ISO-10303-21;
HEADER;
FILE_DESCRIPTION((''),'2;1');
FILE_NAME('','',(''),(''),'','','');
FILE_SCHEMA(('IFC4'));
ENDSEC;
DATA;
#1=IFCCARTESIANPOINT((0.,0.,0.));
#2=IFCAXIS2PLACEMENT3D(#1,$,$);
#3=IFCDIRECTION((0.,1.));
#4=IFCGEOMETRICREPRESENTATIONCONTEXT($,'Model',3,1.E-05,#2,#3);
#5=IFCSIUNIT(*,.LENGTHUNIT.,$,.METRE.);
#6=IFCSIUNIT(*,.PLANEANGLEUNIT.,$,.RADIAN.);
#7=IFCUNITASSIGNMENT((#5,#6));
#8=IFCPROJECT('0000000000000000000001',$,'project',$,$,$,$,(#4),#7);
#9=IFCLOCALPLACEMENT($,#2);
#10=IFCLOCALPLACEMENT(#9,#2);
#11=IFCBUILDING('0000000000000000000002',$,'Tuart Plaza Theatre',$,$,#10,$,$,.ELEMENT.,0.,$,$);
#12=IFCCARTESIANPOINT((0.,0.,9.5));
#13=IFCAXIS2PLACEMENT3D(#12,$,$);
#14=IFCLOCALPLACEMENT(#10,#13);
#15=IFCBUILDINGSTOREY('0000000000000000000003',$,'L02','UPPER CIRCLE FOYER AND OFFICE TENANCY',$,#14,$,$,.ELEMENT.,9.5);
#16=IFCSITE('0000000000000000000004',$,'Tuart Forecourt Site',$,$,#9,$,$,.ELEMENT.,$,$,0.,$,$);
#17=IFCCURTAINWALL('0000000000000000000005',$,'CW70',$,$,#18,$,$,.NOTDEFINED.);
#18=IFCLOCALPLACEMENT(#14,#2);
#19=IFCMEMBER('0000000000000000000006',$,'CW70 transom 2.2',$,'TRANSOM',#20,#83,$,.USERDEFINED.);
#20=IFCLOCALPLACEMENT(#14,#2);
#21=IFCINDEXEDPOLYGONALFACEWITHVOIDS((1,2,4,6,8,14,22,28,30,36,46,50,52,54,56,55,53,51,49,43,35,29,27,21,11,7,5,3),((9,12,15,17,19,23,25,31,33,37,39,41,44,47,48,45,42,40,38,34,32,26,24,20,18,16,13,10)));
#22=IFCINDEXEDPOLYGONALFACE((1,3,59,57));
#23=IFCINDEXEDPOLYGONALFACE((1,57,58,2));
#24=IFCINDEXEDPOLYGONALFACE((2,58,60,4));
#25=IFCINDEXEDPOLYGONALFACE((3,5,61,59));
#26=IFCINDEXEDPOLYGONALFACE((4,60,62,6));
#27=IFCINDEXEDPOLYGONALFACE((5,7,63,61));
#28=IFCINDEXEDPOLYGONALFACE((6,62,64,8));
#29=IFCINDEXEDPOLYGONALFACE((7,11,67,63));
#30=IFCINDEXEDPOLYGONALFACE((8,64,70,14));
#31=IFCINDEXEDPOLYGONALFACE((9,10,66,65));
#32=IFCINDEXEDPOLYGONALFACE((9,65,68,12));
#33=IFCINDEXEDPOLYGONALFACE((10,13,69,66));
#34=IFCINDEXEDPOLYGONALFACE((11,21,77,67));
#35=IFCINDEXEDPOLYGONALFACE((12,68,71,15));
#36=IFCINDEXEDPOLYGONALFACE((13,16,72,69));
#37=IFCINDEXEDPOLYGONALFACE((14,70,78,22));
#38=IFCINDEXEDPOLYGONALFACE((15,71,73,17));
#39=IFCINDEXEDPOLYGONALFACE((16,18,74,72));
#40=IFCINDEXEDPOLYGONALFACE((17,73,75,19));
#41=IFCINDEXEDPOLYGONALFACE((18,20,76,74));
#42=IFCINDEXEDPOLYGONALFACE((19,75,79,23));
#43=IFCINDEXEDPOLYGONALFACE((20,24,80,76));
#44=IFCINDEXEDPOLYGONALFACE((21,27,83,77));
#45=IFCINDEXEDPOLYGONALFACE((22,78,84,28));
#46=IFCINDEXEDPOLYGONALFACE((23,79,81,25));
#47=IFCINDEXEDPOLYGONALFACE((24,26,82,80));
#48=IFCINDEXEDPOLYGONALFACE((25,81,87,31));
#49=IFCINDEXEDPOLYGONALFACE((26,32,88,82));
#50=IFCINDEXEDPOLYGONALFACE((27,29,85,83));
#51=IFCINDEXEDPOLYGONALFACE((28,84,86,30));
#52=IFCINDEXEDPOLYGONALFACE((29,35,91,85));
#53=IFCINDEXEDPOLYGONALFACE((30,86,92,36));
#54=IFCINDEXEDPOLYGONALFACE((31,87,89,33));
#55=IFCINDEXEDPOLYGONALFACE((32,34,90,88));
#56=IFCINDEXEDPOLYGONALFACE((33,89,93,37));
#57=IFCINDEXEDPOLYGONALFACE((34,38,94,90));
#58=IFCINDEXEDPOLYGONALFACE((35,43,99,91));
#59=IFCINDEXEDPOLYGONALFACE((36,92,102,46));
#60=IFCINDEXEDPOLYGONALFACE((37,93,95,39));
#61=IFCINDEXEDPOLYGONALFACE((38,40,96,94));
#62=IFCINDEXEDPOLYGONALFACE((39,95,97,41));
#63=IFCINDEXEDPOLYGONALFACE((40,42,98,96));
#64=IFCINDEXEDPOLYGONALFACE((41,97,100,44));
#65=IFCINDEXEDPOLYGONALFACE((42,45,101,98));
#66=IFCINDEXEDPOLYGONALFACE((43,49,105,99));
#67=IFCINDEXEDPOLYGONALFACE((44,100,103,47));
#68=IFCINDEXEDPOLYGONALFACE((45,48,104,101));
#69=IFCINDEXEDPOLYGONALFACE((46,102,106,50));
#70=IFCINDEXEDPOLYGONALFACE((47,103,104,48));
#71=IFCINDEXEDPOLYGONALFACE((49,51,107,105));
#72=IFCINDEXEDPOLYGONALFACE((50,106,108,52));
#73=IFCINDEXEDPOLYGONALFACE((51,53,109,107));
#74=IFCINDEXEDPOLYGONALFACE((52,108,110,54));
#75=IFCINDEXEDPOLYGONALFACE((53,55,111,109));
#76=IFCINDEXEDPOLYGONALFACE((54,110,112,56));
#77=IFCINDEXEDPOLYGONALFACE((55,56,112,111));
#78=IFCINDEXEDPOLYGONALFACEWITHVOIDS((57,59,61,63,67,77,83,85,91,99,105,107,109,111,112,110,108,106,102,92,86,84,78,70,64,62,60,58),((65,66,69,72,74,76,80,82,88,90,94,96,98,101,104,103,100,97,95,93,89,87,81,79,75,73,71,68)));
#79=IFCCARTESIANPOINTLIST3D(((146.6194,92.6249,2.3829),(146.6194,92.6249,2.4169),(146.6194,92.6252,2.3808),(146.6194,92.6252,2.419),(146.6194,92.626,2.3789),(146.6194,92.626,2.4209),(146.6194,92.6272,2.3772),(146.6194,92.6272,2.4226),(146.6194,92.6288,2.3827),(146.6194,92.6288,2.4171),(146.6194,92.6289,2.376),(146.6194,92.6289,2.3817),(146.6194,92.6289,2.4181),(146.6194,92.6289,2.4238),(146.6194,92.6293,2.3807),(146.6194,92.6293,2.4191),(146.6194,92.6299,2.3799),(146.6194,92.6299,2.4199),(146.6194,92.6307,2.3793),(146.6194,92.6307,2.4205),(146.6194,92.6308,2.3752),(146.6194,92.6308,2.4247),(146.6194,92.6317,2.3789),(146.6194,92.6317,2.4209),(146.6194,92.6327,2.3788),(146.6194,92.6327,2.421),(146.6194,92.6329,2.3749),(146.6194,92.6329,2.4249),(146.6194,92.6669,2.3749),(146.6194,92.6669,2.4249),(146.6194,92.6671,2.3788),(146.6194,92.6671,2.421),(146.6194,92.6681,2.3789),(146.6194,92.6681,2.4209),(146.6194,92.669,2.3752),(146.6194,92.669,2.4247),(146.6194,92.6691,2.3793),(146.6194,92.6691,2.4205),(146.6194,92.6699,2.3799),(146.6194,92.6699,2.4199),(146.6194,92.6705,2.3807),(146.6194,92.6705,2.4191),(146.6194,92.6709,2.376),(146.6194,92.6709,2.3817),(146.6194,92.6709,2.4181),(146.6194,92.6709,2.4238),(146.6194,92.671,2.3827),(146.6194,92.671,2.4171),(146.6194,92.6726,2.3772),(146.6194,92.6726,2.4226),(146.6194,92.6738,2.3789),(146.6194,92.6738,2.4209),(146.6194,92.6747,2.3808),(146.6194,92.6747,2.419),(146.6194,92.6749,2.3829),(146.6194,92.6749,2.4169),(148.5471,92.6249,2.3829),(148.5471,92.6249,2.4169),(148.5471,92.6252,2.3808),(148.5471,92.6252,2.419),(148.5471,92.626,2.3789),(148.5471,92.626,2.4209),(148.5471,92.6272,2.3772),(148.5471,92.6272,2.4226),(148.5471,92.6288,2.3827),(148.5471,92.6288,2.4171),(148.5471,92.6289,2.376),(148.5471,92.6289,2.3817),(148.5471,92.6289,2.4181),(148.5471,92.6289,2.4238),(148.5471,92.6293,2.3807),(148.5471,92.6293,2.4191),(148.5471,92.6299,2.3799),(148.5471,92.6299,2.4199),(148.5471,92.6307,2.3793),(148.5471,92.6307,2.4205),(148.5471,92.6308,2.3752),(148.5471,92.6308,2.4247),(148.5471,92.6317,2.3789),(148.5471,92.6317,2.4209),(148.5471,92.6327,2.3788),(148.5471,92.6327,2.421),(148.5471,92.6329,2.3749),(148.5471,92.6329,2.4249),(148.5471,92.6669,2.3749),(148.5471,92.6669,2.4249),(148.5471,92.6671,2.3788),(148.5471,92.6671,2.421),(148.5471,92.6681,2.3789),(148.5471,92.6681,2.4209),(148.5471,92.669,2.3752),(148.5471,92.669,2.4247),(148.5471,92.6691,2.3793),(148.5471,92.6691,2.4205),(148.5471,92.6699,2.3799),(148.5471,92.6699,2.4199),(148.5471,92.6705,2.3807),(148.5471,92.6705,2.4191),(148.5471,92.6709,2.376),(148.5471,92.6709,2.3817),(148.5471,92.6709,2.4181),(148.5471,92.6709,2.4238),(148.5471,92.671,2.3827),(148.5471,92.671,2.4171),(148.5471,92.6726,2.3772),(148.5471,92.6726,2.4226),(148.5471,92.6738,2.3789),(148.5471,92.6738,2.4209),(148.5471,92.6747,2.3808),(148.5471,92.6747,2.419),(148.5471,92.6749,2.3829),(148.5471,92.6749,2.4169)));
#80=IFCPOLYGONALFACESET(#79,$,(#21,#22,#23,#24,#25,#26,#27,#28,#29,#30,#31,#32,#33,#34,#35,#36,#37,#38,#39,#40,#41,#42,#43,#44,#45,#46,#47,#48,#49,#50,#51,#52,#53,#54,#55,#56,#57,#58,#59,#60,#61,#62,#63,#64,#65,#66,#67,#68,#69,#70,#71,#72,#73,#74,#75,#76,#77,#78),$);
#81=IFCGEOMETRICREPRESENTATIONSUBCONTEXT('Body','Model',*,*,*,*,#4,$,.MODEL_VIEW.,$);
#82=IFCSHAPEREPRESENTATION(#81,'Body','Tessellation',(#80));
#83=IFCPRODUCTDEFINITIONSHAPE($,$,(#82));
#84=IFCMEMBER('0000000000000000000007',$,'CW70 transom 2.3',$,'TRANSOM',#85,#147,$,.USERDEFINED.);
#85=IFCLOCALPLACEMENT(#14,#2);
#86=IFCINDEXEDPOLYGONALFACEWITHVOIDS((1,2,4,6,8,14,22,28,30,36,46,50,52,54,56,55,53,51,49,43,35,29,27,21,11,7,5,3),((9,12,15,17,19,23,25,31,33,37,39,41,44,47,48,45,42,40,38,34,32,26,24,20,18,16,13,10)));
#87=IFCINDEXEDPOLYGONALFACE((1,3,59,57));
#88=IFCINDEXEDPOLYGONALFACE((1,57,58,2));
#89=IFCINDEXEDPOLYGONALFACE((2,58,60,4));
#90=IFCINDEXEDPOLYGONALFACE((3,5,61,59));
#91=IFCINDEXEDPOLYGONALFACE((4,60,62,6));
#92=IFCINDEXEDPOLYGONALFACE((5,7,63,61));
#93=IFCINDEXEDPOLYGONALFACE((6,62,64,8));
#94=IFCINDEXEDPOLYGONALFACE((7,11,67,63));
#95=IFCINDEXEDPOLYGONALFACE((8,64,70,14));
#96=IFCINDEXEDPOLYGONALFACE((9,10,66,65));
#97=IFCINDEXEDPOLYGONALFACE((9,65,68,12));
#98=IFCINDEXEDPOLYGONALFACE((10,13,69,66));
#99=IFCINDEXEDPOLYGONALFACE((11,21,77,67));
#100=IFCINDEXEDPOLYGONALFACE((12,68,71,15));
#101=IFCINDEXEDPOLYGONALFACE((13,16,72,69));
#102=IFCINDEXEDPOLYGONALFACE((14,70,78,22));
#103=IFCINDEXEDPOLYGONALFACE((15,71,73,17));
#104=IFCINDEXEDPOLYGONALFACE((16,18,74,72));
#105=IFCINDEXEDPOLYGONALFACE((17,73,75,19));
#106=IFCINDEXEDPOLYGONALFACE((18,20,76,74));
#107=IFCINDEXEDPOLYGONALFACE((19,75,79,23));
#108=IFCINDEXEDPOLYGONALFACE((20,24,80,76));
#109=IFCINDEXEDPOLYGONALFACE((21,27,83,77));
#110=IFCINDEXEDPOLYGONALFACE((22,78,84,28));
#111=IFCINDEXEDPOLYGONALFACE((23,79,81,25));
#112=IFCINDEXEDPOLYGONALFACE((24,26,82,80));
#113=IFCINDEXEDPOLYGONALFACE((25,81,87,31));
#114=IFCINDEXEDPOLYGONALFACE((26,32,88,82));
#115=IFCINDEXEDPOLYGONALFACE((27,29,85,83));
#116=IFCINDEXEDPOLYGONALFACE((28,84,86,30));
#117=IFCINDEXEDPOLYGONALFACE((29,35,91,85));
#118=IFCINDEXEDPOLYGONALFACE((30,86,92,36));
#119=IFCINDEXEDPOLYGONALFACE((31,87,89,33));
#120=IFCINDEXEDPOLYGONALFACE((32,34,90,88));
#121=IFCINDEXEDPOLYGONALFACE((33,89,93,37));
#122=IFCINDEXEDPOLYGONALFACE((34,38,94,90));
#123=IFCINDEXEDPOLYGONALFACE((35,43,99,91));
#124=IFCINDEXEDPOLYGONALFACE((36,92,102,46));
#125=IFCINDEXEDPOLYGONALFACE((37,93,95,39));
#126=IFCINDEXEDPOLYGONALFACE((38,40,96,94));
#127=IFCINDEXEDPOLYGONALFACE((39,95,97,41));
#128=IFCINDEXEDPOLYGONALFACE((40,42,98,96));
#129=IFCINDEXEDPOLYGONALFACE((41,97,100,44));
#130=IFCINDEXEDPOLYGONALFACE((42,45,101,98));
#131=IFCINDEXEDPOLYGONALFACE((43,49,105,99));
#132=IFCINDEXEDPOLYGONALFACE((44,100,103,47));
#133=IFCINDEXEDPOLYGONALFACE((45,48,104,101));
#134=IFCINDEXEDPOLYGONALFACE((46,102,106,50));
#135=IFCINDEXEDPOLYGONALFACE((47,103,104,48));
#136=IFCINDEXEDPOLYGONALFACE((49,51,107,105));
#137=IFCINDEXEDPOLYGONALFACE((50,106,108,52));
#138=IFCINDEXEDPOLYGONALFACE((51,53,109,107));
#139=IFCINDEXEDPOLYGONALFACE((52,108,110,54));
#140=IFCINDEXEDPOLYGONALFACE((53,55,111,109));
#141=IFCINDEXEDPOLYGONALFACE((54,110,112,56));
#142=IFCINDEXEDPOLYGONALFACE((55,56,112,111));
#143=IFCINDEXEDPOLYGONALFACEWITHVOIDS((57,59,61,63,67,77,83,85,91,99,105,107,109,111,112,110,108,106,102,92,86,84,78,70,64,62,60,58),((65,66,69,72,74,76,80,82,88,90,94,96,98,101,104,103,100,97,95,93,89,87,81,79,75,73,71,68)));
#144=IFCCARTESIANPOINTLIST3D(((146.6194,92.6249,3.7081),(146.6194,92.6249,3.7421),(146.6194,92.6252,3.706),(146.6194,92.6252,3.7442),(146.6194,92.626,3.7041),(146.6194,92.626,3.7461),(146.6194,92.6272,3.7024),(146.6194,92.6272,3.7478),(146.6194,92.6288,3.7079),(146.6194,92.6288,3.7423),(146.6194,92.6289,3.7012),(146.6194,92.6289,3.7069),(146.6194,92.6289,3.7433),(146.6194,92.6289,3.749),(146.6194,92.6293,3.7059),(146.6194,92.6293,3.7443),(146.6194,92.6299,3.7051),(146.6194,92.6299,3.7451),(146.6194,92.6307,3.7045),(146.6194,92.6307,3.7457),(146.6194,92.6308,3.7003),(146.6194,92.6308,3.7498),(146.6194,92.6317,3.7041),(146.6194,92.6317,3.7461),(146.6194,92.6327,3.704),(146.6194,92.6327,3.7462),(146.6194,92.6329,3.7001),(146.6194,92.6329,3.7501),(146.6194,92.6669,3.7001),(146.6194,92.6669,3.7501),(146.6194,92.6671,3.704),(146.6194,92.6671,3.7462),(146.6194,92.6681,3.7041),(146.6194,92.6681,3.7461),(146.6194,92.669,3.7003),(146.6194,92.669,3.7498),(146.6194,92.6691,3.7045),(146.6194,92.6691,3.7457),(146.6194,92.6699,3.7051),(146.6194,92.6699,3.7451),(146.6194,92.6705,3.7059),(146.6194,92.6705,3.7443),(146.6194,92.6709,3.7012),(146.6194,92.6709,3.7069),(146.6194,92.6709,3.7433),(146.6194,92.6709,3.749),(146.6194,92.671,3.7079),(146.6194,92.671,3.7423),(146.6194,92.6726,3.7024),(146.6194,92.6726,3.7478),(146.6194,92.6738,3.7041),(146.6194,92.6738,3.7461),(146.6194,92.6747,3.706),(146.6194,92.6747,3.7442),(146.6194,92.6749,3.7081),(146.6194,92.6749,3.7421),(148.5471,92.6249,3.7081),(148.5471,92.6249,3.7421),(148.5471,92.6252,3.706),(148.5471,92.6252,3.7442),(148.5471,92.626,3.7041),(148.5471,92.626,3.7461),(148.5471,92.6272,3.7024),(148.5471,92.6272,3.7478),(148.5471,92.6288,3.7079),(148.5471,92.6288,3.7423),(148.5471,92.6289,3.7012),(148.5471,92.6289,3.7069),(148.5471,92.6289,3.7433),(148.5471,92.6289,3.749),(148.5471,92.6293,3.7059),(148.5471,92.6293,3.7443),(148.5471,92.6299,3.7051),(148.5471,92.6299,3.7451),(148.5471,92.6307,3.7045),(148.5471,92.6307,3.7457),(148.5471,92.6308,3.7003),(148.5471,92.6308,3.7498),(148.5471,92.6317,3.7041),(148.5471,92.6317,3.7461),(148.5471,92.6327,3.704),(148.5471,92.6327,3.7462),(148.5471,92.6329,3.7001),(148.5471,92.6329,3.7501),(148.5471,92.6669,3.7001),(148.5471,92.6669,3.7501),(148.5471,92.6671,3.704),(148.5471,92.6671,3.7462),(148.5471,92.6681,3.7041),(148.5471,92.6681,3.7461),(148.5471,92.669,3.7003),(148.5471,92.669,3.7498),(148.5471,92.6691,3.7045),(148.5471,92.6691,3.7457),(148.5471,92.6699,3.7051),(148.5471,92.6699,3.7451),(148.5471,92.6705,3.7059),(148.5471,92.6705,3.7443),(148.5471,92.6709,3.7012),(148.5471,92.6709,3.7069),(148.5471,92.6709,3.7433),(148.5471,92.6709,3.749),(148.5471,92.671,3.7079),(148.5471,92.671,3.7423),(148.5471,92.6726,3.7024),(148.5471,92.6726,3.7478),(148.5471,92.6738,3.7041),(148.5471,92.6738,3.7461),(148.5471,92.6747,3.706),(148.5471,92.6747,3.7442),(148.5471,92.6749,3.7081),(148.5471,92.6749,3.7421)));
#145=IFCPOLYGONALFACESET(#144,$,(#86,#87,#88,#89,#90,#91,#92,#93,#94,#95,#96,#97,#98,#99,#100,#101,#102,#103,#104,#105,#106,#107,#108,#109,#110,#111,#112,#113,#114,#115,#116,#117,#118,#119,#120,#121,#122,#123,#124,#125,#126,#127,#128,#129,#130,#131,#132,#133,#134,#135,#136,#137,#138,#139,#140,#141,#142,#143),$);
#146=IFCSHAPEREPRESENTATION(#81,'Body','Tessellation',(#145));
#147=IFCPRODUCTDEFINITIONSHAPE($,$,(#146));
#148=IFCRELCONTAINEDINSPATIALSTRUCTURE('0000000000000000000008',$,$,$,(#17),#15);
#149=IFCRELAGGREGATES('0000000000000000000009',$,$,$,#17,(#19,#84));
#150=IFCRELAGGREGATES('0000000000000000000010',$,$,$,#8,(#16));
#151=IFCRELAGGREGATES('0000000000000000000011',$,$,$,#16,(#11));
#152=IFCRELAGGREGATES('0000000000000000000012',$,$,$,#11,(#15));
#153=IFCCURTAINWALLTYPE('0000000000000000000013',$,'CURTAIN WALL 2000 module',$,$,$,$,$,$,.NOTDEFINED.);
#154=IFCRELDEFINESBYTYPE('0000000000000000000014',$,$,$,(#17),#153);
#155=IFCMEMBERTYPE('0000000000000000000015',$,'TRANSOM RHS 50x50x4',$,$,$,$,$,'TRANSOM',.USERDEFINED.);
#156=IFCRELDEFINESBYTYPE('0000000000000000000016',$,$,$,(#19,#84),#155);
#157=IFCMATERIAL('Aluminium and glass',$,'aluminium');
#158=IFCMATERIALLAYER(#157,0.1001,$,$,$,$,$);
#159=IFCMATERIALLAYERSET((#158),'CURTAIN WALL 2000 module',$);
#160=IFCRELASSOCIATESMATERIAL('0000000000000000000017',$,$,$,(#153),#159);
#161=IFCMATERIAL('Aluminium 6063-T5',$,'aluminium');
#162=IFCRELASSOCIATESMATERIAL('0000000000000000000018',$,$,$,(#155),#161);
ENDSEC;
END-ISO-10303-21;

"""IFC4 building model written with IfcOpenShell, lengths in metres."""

from ifc_helpers import new_model, si_unit, direction, frame, origin, origin_2d, place, context, subcontext, project, spatial, hollow_rectangle, extrude, material, layer, layer_set, material_profile, profile_set, type_object, element, aggregate, save


model = new_model("IFC4")

# Units and contexts
model_context = context("Model", 3, precision=1e-05, world=origin(), true_north=direction((0.0, 1.0)))
body_context = subcontext(model_context, "Body", "Model", "MODEL_VIEW")
ifc_project = project(units=[si_unit("LENGTHUNIT", "METRE"), si_unit("PLANEANGLEUNIT", "RADIAN")], contexts=[model_context])

# Site, building, storey
site_placement = place(None, origin())
site = spatial("IfcSite", under=ifc_project, at=site_placement, Name="Tuart Forecourt Site", CompositionType="ELEMENT", RefElevation=0.0)
building_placement = place(site_placement, origin())
building = spatial("IfcBuilding", under=site, at=building_placement, Name="Tuart Plaza Theatre", CompositionType="ELEMENT", ElevationOfRefHeight=0.0)
storey_placement = place(building_placement, frame((0.0, 0.0, 9.5)))
storey = spatial("IfcBuildingStorey", under=building, at=storey_placement, Name="L02", Description="UPPER CIRCLE FOYER AND OFFICE TENANCY", CompositionType="ELEMENT", Elevation=9.5)

# Curtain wall
ifc_material_1 = material(Name="Aluminium and glass", Category="aluminium")
ifc_layer_1 = layer(ifc_material_1, 0.1001)
ifc_layer_set_1 = layer_set([ifc_layer_1], Name="CURTAIN WALL 2000 module")
curtain_wall_type = type_object("IfcCurtainWallType", Name="CURTAIN WALL 2000 module", PredefinedType="NOTDEFINED", material=ifc_layer_set_1)
curtain_wall_1_placement = place(storey_placement, origin())
curtain_wall_1 = element("IfcCurtainWall", 1, at=curtain_wall_1_placement, inside=storey, type_object=curtain_wall_type, Name="CW70", PredefinedType="NOTDEFINED")

# Members
ifc_material_2 = material(Name="Aluminium 6063-T5", Category="aluminium")
ifc_material_profile_1 = material_profile(ifc_material_2, hollow_rectangle(XDim=0.05, YDim=0.05, WallThickness=0.0039, InnerFilletRadius=0.0039, OuterFilletRadius=0.0081, at=origin_2d()), Name="RHS 50x50x4")
ifc_profile_set_1 = profile_set([ifc_material_profile_1], Name="Aluminium 6063-T5")
member_type_1 = type_object("IfcMemberType", Name="TRANSOM RHS 50x50x4", ElementType="TRANSOM", PredefinedType="USERDEFINED", material=ifc_profile_set_1)
member_1_placement = place(storey_placement, frame((148.5471, 92.6499, 2.3999), z_axis=(-1.0, 0.0, 0.0), x_axis=(0.0, -1.0, 0.0)))
member_1 = element("IfcMember", 2, at=member_1_placement, type_object=member_type_1, Name="CW70 transom 2.2", ObjectType="TRANSOM", PredefinedType="USERDEFINED", context=body_context, shape_type="SweptSolid", body=[
    extrude(hollow_rectangle(XDim=0.05, YDim=0.05, WallThickness=0.0039, InnerFilletRadius=0.0039, OuterFilletRadius=0.0081, at=origin_2d()), origin(), (0.0, 0.0, 1.0), 1.9277),
])
member_2_placement = place(storey_placement, frame((148.5471, 92.6499, 3.7251), z_axis=(-1.0, 0.0, 0.0), x_axis=(0.0, -1.0, 0.0)))
member_2 = element("IfcMember", 3, at=member_2_placement, type_object=member_type_1, Name="CW70 transom 2.3", ObjectType="TRANSOM", PredefinedType="USERDEFINED", context=body_context, shape_type="SweptSolid", body=[
    extrude(hollow_rectangle(XDim=0.05, YDim=0.05, WallThickness=0.0039, InnerFilletRadius=0.0039, OuterFilletRadius=0.0081, at=origin_2d()), origin(), (0.0, 0.0, 1.0), 1.9277),
])

aggregate(curtain_wall_1, [member_1, member_2])

save(model, "model.ifc")
